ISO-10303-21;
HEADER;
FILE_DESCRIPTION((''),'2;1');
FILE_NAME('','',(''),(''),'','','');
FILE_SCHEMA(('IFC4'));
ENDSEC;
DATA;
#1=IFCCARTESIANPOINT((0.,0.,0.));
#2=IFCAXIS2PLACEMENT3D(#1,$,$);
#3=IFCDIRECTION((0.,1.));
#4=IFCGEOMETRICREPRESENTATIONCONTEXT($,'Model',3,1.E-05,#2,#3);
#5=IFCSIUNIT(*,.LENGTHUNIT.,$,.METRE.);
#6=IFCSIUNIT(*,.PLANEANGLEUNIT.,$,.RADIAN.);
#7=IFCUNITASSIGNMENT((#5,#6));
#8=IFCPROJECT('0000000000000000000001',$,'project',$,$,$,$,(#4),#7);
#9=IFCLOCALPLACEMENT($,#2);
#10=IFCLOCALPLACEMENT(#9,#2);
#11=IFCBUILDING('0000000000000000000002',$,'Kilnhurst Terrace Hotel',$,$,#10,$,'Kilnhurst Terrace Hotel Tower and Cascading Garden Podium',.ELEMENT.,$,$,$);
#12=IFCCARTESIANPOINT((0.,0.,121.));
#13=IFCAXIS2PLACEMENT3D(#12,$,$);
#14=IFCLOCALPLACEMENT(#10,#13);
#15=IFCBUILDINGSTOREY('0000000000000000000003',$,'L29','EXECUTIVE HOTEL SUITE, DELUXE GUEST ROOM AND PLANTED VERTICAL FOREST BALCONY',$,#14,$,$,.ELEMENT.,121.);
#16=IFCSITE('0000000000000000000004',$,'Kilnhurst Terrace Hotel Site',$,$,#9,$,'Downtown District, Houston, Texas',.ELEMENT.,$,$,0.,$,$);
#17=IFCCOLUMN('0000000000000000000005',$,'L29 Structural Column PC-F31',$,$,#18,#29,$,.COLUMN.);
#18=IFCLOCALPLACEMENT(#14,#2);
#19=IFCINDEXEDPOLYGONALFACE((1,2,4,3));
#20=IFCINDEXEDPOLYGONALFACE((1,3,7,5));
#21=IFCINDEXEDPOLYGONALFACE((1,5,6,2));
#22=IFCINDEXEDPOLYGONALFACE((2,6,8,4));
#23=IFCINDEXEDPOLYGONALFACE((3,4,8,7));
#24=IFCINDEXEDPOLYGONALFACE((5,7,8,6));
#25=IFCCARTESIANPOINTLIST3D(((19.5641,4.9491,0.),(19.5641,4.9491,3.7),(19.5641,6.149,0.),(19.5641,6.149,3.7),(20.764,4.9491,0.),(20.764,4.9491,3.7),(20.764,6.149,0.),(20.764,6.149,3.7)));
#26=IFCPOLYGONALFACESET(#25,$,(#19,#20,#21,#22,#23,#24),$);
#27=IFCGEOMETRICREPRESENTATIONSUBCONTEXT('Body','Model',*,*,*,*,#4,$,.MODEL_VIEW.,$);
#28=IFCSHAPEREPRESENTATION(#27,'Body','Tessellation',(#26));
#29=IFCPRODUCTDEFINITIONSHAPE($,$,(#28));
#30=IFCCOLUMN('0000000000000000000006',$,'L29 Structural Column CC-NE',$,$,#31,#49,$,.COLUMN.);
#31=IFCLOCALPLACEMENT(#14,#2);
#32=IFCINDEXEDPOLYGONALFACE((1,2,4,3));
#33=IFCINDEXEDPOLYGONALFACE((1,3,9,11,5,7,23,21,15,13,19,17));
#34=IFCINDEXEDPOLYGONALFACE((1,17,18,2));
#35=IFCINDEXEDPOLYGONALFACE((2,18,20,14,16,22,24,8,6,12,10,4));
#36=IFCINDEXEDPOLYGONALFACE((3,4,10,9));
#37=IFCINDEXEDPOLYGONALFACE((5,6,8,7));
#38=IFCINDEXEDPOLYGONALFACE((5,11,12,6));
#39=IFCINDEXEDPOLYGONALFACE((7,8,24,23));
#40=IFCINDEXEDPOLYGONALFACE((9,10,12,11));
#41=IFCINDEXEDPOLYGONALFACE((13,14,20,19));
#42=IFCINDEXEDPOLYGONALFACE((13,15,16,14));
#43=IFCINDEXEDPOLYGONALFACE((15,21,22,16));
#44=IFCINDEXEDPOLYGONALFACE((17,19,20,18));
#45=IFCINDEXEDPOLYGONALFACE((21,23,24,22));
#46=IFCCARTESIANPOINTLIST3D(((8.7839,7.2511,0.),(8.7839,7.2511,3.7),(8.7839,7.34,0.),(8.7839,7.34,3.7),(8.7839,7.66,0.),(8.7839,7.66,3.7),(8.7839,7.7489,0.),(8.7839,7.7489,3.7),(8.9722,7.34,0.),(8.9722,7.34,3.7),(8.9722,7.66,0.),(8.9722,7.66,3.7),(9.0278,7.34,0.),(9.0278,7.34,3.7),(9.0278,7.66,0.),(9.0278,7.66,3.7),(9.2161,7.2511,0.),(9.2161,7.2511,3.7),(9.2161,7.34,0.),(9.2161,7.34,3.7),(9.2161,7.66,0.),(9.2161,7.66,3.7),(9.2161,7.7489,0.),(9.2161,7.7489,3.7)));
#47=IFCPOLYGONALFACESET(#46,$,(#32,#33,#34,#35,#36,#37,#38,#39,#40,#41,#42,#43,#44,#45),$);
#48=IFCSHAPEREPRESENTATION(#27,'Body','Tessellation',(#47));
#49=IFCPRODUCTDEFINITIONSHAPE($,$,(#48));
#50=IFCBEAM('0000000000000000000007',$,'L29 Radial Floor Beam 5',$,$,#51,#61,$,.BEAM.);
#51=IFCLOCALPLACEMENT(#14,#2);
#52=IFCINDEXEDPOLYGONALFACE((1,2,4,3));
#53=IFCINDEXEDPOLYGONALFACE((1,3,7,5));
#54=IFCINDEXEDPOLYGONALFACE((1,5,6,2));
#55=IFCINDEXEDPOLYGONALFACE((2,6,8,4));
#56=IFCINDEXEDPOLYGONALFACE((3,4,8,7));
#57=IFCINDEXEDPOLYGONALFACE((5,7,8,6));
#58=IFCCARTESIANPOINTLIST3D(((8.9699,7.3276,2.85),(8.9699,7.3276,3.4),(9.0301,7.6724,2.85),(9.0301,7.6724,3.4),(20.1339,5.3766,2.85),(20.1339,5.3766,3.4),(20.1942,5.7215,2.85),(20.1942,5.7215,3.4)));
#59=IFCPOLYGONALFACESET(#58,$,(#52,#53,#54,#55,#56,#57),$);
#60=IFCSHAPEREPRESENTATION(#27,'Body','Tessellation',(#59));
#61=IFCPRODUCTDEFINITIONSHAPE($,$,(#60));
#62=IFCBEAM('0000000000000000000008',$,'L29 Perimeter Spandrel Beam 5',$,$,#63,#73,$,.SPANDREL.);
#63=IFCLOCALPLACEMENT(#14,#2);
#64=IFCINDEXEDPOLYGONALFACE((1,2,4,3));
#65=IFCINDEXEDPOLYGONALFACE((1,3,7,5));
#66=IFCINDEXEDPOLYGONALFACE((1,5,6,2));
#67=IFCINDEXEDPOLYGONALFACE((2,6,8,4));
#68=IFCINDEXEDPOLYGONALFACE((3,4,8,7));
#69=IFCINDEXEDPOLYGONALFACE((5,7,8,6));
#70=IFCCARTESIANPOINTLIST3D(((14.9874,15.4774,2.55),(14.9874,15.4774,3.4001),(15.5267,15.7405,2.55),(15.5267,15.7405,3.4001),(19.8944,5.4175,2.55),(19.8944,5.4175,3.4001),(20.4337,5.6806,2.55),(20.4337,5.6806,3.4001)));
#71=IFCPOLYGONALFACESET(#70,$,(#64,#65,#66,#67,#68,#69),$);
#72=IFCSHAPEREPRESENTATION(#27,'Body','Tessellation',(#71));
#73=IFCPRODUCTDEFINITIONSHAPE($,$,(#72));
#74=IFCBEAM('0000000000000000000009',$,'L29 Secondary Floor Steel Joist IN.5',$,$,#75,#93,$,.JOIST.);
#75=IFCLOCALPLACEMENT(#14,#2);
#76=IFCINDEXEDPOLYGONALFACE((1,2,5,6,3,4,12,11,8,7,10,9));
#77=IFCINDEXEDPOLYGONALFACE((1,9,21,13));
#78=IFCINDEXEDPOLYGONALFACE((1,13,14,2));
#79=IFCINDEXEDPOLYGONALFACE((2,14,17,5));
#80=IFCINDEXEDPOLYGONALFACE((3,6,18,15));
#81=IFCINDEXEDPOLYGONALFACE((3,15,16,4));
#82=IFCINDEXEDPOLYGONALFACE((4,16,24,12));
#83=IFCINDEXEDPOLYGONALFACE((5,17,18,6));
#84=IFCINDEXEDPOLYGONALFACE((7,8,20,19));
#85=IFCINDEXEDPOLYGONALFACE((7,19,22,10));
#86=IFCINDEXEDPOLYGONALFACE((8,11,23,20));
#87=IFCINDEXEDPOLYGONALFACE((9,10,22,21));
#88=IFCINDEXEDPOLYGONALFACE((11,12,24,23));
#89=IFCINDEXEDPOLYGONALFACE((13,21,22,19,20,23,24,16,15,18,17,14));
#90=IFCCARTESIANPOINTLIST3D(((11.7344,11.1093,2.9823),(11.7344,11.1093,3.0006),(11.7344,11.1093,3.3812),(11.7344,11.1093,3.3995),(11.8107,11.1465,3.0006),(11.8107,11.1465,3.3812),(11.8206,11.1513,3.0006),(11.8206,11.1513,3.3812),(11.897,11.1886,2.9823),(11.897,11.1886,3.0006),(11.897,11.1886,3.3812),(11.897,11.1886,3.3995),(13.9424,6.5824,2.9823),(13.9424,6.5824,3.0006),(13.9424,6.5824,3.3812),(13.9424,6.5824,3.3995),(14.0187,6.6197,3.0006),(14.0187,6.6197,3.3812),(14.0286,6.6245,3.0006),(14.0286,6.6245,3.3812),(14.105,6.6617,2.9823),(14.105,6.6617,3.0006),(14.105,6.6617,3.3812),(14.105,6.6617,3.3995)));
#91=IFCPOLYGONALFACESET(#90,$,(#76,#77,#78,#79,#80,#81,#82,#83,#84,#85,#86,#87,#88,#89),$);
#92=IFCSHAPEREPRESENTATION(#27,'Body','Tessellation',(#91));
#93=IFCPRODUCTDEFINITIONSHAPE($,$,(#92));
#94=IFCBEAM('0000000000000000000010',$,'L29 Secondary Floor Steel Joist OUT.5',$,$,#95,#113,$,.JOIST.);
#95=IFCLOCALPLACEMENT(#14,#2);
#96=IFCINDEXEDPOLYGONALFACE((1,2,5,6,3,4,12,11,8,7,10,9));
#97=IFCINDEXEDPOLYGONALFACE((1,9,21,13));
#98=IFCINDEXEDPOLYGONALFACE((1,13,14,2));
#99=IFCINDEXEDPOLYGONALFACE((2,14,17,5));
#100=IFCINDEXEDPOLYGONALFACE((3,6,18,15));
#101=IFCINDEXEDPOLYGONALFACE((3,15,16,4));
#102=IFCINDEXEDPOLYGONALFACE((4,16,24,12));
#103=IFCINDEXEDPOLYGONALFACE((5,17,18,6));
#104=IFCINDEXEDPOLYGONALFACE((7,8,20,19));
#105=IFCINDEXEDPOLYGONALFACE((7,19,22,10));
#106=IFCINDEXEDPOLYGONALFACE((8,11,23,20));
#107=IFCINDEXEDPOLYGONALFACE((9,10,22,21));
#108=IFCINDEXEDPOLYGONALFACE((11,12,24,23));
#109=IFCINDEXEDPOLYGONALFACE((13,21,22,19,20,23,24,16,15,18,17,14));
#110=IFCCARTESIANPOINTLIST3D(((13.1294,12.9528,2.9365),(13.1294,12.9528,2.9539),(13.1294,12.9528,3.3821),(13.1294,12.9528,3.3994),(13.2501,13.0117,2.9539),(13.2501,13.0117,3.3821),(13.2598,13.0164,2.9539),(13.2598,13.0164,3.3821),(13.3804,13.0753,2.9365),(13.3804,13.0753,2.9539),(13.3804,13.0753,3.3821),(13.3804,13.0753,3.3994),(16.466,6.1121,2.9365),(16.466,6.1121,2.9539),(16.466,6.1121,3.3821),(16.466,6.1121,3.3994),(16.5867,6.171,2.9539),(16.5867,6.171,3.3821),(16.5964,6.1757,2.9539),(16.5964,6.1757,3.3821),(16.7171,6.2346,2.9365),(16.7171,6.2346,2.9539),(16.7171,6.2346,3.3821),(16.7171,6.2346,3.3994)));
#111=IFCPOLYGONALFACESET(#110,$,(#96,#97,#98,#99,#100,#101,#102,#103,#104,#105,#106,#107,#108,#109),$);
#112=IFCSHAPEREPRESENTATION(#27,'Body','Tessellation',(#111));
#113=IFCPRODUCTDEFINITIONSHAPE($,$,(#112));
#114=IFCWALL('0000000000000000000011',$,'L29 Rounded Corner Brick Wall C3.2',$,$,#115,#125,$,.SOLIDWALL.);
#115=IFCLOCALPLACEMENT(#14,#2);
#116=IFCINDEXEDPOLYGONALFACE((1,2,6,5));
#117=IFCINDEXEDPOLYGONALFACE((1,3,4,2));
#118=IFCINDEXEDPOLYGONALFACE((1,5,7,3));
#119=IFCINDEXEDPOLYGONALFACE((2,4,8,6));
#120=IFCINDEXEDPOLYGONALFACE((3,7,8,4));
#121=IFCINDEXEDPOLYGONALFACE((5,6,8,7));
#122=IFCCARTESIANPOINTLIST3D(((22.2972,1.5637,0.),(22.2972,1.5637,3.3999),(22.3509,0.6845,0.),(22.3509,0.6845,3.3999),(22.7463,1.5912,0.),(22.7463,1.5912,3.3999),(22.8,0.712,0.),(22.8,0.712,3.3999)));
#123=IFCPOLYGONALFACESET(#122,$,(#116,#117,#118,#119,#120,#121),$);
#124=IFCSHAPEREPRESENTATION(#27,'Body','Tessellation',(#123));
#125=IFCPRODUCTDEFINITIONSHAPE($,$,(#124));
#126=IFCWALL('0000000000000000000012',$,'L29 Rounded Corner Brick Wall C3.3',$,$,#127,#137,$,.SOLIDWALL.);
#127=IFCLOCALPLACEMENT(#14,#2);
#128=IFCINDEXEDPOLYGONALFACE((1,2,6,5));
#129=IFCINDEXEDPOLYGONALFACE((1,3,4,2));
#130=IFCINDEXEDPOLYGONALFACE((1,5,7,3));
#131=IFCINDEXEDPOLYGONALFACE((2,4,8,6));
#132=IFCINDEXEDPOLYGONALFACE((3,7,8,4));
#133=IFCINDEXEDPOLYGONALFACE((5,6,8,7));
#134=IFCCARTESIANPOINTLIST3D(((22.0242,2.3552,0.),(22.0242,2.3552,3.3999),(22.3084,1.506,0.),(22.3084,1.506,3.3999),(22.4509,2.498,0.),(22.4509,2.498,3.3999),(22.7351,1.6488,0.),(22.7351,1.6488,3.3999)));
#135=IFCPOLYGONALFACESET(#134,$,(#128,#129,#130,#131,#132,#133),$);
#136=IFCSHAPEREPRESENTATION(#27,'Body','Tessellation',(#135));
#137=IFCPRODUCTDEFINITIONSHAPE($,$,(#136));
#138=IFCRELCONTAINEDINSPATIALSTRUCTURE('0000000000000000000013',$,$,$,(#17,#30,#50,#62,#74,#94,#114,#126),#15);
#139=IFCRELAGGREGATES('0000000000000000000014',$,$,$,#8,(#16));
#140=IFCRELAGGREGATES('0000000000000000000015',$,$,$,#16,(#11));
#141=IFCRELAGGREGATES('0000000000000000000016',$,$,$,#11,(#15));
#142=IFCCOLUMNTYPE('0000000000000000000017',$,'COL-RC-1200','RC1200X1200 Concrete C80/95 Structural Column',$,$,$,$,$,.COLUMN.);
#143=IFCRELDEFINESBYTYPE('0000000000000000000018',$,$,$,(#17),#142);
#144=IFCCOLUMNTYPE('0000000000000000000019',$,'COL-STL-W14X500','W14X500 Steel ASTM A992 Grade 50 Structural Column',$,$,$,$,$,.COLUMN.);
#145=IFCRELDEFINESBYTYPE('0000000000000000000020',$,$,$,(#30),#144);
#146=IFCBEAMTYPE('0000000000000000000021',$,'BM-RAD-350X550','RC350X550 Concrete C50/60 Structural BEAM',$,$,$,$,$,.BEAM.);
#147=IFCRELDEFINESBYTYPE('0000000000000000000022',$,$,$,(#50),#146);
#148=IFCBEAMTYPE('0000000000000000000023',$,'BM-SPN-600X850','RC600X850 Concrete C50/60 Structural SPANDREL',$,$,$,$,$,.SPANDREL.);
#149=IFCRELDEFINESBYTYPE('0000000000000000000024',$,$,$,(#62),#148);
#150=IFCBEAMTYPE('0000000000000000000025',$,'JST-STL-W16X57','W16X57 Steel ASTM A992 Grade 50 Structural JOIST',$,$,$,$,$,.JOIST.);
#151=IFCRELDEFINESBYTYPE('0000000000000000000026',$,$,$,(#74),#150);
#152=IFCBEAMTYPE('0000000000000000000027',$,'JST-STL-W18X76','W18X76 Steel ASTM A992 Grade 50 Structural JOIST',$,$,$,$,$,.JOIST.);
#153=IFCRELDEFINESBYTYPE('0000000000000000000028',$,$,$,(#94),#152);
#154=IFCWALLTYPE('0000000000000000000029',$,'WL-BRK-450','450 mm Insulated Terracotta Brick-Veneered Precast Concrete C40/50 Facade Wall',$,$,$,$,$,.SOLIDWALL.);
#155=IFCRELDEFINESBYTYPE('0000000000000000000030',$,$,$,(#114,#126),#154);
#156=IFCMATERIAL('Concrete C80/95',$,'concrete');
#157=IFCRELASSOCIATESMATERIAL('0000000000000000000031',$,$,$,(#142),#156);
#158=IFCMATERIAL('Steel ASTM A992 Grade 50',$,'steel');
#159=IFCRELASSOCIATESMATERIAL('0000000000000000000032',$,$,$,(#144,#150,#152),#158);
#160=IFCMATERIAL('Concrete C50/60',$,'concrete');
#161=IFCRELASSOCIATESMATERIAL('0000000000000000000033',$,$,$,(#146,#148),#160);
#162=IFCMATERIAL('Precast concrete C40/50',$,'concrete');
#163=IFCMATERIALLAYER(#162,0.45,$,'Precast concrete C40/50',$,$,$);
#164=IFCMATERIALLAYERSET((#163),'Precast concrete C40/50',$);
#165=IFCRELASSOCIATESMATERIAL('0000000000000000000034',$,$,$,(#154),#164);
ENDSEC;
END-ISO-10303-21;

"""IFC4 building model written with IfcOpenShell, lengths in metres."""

from ifc_helpers import new_model, si_unit, direction, frame, frame_2d, origin, origin_2d, place, context, subcontext, project, spatial, rectangle, i_section, extrude, material, layer, layer_set, material_profile, profile_set, type_object, element, save


model = new_model("IFC4")

# Units and contexts
model_context = context("Model", 3, precision=1e-05, world=origin(), true_north=direction((0.0, 1.0)))
body_context = subcontext(model_context, "Body", "Model", "MODEL_VIEW")
ifc_project = project(units=[si_unit("LENGTHUNIT", "METRE"), si_unit("PLANEANGLEUNIT", "RADIAN")], contexts=[model_context])

# Site, building, storey
site_placement = place(None, origin())
site = spatial("IfcSite", under=ifc_project, at=site_placement, Name="Kilnhurst Terrace Hotel Site", LongName="Downtown District, Houston, Texas", CompositionType="ELEMENT", RefElevation=0.0)
building_placement = place(site_placement, origin())
building = spatial("IfcBuilding", under=site, at=building_placement, Name="Kilnhurst Terrace Hotel", LongName="Kilnhurst Terrace Hotel Tower and Cascading Garden Podium", CompositionType="ELEMENT")
storey_placement = place(building_placement, frame((0.0, 0.0, 121.0)))
storey = spatial("IfcBuildingStorey", under=building, at=storey_placement, Name="L29", Description="EXECUTIVE HOTEL SUITE, DELUXE GUEST ROOM AND PLANTED VERTICAL FOREST BALCONY", CompositionType="ELEMENT", Elevation=121.0)

# Columns
ifc_material_1 = material(Name="Concrete C80/95", Category="concrete")
ifc_material_profile_1 = material_profile(ifc_material_1, rectangle(XDim=1.2, YDim=1.2, at=origin_2d()), Name="RC1200X1200")
ifc_profile_set_1 = profile_set([ifc_material_profile_1], Name="Concrete C80/95")
column_type_1 = type_object("IfcColumnType", Name="COL-RC-1200", Description="RC1200X1200 Concrete C80/95 Structural Column", PredefinedType="COLUMN", material=ifc_profile_set_1)
column_1_placement = place(storey_placement, frame((20.1641, 5.5491, 0.0), z_axis=(0.0, 0.0, 1.0), x_axis=(1.0, 0.0, 0.0)))
element("IfcColumn", 1, at=column_1_placement, inside=storey, type_object=column_type_1, Name="L29 Structural Column PC-F31", PredefinedType="COLUMN", context=body_context, shape_type="SweptSolid", body=[
    extrude(rectangle(XDim=1.2, YDim=1.2, at=origin_2d()), origin(), (0.0, 0.0, 1.0), 3.7),
])
ifc_material_2 = material(Name="Steel ASTM A992 Grade 50", Category="steel")
ifc_material_profile_2 = material_profile(ifc_material_2, i_section(OverallWidth=0.4321, OverallDepth=0.4978, WebThickness=0.0557, FlangeThickness=0.0889, at=origin_2d()), Name="W14X500")
ifc_profile_set_2 = profile_set([ifc_material_profile_2], Name="Steel ASTM A992 Grade 50")
column_type_2 = type_object("IfcColumnType", Name="COL-STL-W14X500", Description="W14X500 Steel ASTM A992 Grade 50 Structural Column", PredefinedType="COLUMN", material=ifc_profile_set_2)
column_2_placement = place(storey_placement, frame((9.0, 7.5, 0.0), z_axis=(0.0, 0.0, 1.0), x_axis=(1.0, 0.0, 0.0)))
element("IfcColumn", 2, at=column_2_placement, inside=storey, type_object=column_type_2, Name="L29 Structural Column CC-NE", PredefinedType="COLUMN", context=body_context, shape_type="SweptSolid", body=[
    extrude(i_section(OverallWidth=0.4321, OverallDepth=0.4978, WebThickness=0.0557, FlangeThickness=0.0889, at=origin_2d()), origin(), (0.0, 0.0, 1.0), 3.7),
])

# Beams
ifc_material_3 = material(Name="Concrete C50/60", Category="concrete")
ifc_material_profile_3 = material_profile(ifc_material_3, rectangle(XDim=0.3501, YDim=0.55, at=origin_2d()), Name="RC350X550")
ifc_profile_set_3 = profile_set([ifc_material_profile_3], Name="Concrete C50/60")
beam_type_1 = type_object("IfcBeamType", Name="BM-RAD-350X550", Description="RC350X550 Concrete C50/60 Structural BEAM", PredefinedType="BEAM", material=ifc_profile_set_3)
beam_1_placement = place(storey_placement, frame((9.0, 7.5, 3.125), z_axis=(0.985072, -0.172142, 0.0), x_axis=(0.172142, 0.985072, 0.0)))
element("IfcBeam", 3, at=beam_1_placement, inside=storey, type_object=beam_type_1, Name="L29 Radial Floor Beam 5", PredefinedType="BEAM", context=body_context, shape_type="SweptSolid", body=[
    extrude(rectangle(XDim=0.3501, YDim=0.55, at=origin_2d()), origin(), (0.0, 0.0, 1.0), 11.3333),
])
ifc_material_profile_4 = material_profile(ifc_material_3, rectangle(XDim=0.6001, YDim=0.8501, at=origin_2d()), Name="RC600X850")
ifc_profile_set_4 = profile_set([ifc_material_profile_4], Name="Concrete C50/60")
beam_type_2 = type_object("IfcBeamType", Name="BM-SPN-600X850", Description="RC600X850 Concrete C50/60 Structural SPANDREL", PredefinedType="SPANDREL", material=ifc_profile_set_4)
beam_2_placement = place(storey_placement, frame((20.1641, 5.5491, 2.9751), z_axis=(-0.438406, 0.898777, 0.0), x_axis=(-0.898777, -0.438406, 0.0)))
element("IfcBeam", 4, at=beam_2_placement, inside=storey, type_object=beam_type_2, Name="L29 Perimeter Spandrel Beam 5", PredefinedType="SPANDREL", context=body_context, shape_type="SweptSolid", body=[
    extrude(rectangle(XDim=0.6001, YDim=0.8501, at=origin_2d()), origin(), (0.0, 0.0, 1.0), 11.1929),
])
ifc_material_profile_5 = material_profile(ifc_material_2, i_section(OverallWidth=0.1809, OverallDepth=0.4172, WebThickness=0.011, FlangeThickness=0.0183, at=origin_2d()), Name="W16X57")
ifc_profile_set_5 = profile_set([ifc_material_profile_5], Name="Steel ASTM A992 Grade 50")
beam_type_3 = type_object("IfcBeamType", Name="JST-STL-W16X57", Description="W16X57 Steel ASTM A992 Grade 50 Structural JOIST", PredefinedType="JOIST", material=ifc_profile_set_5)
beam_3_placement = place(storey_placement, frame((14.0237, 6.6221, 3.1909), z_axis=(-0.438389, 0.898785, 0.0), x_axis=(-0.898785, -0.438389, 0.0)))
element("IfcBeam", 5, at=beam_3_placement, inside=storey, type_object=beam_type_3, Name="L29 Secondary Floor Steel Joist IN.5", PredefinedType="JOIST", context=body_context, shape_type="SweptSolid", body=[
    extrude(i_section(OverallWidth=0.1809, OverallDepth=0.4172, WebThickness=0.011, FlangeThickness=0.0183, at=origin_2d()), origin(), (0.0, 0.0, 1.0), 5.0366),
])
ifc_material_profile_6 = material_profile(ifc_material_2, i_section(OverallWidth=0.2793, OverallDepth=0.4629, WebThickness=0.0107, FlangeThickness=0.0173, at=origin_2d()), Name="W18X76")
ifc_profile_set_6 = profile_set([ifc_material_profile_6], Name="Steel ASTM A992 Grade 50")
beam_type_4 = type_object("IfcBeamType", Name="JST-STL-W18X76", Description="W18X76 Steel ASTM A992 Grade 50 Structural JOIST", PredefinedType="JOIST", material=ifc_profile_set_6)
beam_4_placement = place(storey_placement, frame((16.5916, 6.1733, 3.168), z_axis=(-0.43839, 0.898785, 0.0), x_axis=(-0.898785, -0.43839, 0.0)))
element("IfcBeam", 6, at=beam_4_placement, inside=storey, type_object=beam_type_4, Name="L29 Secondary Floor Steel Joist OUT.5", PredefinedType="JOIST", context=body_context, shape_type="SweptSolid", body=[
    extrude(i_section(OverallWidth=0.2793, OverallDepth=0.4629, WebThickness=0.0107, FlangeThickness=0.0173, at=origin_2d()), origin(), (0.0, 0.0, 1.0), 7.6111),
])

# Walls
ifc_material_4 = material(Name="Precast concrete C40/50", Category="concrete")
ifc_layer_1 = layer(ifc_material_4, 0.45, Name="Precast concrete C40/50")
ifc_layer_set_1 = layer_set([ifc_layer_1], Name="Precast concrete C40/50")
wall_type_1 = type_object("IfcWallType", Name="WL-BRK-450", Description="450 mm Insulated Terracotta Brick-Veneered Precast Concrete C40/50 Facade Wall", PredefinedType="SOLIDWALL", material=ifc_layer_set_1)
wall_1_placement = place(storey_placement, frame((22.5754, 0.6982, 0.0), z_axis=(0.0, 0.0, 1.0), x_axis=(-0.06098, 0.998139, 0.0)))
element("IfcWall", 7, at=wall_1_placement, inside=storey, type_object=wall_type_1, Name="L29 Rounded Corner Brick Wall C3.2", PredefinedType="SOLIDWALL", context=body_context, shape_type="SweptSolid", body=[
    extrude(rectangle(XDim=0.8809, YDim=0.45, at=frame_2d((0.4404, 0.0))), origin(), (0.0, 0.0, 1.0), 3.3999),
])
wall_2_placement = place(storey_placement, frame((22.5217, 1.5774, 0.0), z_axis=(0.0, 0.0, 1.0), x_axis=(-0.317373, 0.948301, 0.0)))
element("IfcWall", 8, at=wall_2_placement, inside=storey, type_object=wall_type_1, Name="L29 Rounded Corner Brick Wall C3.3", PredefinedType="SOLIDWALL", context=body_context, shape_type="SweptSolid", body=[
    extrude(rectangle(XDim=0.8955, YDim=0.45, at=frame_2d((0.4478, 0.0))), origin(), (0.0, 0.0, 1.0), 3.3999),
])

save(model, "model.ifc")
